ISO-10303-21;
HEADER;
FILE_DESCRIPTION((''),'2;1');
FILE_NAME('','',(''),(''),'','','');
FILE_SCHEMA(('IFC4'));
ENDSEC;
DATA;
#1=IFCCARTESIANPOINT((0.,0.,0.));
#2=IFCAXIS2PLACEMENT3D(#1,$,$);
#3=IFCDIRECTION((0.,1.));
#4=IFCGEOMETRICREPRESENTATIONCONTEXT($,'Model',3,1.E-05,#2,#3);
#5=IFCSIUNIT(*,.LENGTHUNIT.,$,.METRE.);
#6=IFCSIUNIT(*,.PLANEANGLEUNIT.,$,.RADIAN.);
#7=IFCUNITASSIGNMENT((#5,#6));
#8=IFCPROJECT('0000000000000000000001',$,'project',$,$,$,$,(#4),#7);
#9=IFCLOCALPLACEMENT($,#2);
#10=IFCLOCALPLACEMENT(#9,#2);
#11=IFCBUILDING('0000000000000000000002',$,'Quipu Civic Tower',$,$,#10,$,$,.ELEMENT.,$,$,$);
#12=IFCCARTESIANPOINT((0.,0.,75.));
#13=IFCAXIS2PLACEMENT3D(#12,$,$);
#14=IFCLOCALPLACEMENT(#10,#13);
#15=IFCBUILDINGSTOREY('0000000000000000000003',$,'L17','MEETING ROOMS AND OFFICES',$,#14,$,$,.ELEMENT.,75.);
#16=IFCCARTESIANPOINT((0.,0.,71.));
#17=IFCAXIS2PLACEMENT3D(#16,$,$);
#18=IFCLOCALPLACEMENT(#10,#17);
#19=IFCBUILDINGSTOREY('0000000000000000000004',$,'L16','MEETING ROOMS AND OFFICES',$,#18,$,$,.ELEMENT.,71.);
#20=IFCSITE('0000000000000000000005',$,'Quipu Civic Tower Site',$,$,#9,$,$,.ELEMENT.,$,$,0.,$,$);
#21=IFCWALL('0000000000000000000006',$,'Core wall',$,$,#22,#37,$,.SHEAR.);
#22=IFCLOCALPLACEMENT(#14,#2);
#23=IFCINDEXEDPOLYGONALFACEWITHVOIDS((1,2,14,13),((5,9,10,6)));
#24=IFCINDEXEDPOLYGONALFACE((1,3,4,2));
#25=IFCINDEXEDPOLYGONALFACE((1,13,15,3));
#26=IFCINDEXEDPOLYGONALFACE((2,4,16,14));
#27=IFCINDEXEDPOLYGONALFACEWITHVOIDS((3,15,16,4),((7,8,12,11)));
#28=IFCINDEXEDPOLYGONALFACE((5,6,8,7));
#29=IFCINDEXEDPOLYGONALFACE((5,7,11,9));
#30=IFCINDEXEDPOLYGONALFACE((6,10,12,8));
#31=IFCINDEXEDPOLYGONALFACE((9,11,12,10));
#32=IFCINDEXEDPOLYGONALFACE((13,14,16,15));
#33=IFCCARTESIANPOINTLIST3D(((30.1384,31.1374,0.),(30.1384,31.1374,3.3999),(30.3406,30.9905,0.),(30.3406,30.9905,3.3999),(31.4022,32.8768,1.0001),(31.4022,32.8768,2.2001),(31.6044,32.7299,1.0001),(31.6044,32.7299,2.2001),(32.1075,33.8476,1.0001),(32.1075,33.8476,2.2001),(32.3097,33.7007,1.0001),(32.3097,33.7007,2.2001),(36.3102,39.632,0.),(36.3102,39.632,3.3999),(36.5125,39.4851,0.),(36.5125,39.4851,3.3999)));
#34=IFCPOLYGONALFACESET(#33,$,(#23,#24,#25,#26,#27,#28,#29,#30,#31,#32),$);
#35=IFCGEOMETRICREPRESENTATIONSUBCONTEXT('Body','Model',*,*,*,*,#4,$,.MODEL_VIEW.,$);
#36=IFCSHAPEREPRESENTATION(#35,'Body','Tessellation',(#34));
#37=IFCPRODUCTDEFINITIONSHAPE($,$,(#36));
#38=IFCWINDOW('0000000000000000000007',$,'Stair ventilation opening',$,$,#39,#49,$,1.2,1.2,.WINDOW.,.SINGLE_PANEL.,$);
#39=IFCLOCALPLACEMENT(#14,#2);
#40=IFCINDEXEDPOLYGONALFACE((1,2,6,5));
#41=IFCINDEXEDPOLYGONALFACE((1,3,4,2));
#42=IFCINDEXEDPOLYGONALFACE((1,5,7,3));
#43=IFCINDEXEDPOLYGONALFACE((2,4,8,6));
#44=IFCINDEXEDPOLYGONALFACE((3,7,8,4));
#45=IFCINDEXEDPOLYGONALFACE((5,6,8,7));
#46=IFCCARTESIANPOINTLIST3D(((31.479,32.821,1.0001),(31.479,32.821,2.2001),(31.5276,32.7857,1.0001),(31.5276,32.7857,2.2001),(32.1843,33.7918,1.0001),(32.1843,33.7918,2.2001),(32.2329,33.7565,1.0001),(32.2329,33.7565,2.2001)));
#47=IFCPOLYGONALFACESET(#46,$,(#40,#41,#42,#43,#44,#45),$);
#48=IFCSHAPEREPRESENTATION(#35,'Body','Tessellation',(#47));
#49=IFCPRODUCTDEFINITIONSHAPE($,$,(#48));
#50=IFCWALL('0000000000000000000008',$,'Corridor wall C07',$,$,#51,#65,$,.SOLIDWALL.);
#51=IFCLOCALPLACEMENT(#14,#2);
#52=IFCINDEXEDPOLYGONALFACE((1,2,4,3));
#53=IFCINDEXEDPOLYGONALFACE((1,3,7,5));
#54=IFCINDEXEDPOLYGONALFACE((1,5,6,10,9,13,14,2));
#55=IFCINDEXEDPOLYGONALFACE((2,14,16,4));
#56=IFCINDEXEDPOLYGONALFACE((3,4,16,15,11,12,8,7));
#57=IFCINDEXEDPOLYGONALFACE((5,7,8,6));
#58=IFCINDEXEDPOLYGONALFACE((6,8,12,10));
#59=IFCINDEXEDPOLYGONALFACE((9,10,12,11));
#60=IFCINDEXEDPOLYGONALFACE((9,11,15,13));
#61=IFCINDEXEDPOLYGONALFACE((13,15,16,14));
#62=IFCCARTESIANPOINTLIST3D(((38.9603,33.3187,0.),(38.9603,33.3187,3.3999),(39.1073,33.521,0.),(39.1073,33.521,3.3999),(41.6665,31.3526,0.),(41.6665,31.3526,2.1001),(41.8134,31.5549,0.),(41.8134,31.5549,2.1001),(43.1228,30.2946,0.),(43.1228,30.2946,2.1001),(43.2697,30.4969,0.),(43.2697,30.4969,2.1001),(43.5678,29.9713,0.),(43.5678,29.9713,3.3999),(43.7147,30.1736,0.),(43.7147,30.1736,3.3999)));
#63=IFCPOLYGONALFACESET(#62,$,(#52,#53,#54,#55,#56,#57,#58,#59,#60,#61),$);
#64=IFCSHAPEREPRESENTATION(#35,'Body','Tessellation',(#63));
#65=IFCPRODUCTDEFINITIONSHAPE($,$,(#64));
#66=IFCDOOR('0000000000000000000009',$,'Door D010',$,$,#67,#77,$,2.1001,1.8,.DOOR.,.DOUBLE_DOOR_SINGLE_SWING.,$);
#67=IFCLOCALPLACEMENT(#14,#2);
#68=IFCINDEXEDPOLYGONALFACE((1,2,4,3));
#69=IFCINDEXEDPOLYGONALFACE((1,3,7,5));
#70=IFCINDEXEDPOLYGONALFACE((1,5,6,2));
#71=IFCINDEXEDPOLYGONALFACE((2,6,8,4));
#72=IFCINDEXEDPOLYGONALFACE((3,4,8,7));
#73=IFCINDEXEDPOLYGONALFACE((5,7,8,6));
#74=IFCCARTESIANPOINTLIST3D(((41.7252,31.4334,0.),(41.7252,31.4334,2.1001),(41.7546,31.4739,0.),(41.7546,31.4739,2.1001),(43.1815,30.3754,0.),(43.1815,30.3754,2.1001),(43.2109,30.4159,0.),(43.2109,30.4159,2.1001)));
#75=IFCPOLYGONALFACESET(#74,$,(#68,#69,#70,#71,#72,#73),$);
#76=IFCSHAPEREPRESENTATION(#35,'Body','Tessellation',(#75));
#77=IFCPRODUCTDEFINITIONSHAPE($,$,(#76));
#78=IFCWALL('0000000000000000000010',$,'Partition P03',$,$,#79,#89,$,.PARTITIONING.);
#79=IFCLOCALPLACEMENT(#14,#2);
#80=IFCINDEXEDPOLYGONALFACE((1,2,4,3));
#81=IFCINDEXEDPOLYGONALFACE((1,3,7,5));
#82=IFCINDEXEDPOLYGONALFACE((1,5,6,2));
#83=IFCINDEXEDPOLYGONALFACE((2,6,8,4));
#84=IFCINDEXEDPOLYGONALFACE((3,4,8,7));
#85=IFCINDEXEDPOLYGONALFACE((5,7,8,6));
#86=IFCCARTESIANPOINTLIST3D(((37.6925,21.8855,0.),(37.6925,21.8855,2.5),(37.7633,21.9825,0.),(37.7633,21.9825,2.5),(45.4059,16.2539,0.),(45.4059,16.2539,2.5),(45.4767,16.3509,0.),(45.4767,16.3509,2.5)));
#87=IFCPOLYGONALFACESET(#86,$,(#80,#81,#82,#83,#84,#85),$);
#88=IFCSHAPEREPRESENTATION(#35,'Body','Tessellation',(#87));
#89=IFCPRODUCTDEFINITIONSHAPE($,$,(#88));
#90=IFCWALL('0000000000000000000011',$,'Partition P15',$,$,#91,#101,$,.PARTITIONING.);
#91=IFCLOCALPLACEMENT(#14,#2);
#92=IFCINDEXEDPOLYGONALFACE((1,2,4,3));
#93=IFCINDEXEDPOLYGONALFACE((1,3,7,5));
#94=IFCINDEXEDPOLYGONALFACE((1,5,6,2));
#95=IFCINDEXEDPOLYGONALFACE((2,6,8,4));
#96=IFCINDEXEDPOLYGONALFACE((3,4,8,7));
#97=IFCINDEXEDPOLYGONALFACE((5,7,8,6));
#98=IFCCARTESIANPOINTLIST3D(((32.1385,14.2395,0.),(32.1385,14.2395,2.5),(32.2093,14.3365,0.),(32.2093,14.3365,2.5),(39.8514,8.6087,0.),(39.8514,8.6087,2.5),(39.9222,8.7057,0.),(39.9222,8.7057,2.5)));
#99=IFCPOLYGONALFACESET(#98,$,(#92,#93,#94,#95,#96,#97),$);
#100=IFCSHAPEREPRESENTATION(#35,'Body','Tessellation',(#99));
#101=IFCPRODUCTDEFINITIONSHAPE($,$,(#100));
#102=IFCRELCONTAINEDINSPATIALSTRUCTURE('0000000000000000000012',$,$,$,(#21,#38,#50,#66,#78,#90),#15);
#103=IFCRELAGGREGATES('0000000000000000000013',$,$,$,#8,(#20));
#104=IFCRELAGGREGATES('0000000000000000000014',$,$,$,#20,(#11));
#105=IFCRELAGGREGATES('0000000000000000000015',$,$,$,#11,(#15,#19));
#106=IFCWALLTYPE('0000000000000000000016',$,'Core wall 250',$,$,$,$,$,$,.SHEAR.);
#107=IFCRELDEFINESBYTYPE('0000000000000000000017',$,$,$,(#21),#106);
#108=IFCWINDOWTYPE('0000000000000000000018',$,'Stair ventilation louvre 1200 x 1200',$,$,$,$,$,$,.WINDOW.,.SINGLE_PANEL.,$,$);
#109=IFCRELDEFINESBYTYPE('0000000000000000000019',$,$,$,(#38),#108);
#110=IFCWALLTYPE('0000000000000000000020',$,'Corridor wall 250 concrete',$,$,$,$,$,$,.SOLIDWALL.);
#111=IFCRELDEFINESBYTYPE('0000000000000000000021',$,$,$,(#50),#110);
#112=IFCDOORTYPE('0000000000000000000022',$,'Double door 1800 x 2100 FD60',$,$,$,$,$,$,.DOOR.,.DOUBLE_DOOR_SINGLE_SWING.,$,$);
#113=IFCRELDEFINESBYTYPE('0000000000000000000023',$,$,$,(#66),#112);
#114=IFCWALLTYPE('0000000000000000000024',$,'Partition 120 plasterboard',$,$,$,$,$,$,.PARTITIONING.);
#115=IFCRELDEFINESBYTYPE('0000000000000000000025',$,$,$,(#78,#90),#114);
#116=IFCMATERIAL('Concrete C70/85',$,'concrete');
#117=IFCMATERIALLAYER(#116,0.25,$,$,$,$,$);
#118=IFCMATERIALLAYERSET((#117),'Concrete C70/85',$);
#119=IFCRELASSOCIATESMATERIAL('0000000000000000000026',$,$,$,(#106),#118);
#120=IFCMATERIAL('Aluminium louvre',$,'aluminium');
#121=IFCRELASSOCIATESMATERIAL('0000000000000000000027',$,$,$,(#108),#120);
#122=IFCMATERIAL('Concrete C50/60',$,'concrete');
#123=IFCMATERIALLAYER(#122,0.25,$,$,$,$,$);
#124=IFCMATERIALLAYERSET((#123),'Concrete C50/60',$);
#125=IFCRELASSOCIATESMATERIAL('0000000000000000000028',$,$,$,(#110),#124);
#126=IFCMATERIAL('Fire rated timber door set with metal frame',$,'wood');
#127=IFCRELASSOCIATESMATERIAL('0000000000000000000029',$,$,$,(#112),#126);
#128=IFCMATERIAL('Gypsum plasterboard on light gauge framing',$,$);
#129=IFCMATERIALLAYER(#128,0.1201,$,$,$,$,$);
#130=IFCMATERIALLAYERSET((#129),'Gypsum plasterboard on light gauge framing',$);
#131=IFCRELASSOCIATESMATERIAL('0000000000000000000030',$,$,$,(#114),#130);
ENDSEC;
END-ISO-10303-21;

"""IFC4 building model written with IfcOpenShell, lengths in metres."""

from ifc_helpers import new_model, si_unit, direction, frame, frame_2d, origin, place, context, subcontext, project, spatial, rectangle, extrude, material, layer, layer_set, type_object, element, fill, save


model = new_model("IFC4")

# Units and contexts
model_context = context("Model", 3, precision=1e-05, world=origin(), true_north=direction((0.0, 1.0)))
body_context = subcontext(model_context, "Body", "Model", "MODEL_VIEW")
ifc_project = project(units=[si_unit("LENGTHUNIT", "METRE"), si_unit("PLANEANGLEUNIT", "RADIAN")], contexts=[model_context])

# Site, building, storey
site_placement = place(None, origin())
site = spatial("IfcSite", under=ifc_project, at=site_placement, Name="Quipu Civic Tower Site", CompositionType="ELEMENT", RefElevation=0.0)
building_placement = place(site_placement, origin())
building = spatial("IfcBuilding", under=site, at=building_placement, Name="Quipu Civic Tower", CompositionType="ELEMENT")
storey_1_placement = place(building_placement, frame((0.0, 0.0, 75.0)))
storey_1 = spatial("IfcBuildingStorey", under=building, at=storey_1_placement, Name="L17", Description="MEETING ROOMS AND OFFICES", CompositionType="ELEMENT", Elevation=75.0)

# Shared definitions
storey_2_placement = place(building_placement, frame((0.0, 0.0, 71.0)))
storey_2 = spatial("IfcBuildingStorey", under=building, at=storey_2_placement, Name="L16", Description="MEETING ROOMS AND OFFICES", CompositionType="ELEMENT", Elevation=71.0)

# Shared definitions
ifc_material_1 = material(Name="Concrete C70/85", Category="concrete")
ifc_layer_1 = layer(ifc_material_1, 0.25)
ifc_layer_set_1 = layer_set([ifc_layer_1], Name="Concrete C70/85")
wall_type_1 = type_object("IfcWallType", Name="Core wall 250", PredefinedType="SHEAR", material=ifc_layer_set_1)

# Wall, opening, window
wall_1_placement = place(storey_1_placement, frame((30.2395, 31.064, 0.0), z_axis=(0.0, 0.0, 1.0), x_axis=(0.587796, 0.809009, 0.0)))
wall_1 = element("IfcWall", 1, at=wall_1_placement, inside=storey_1, type_object=wall_type_1, Name="Core wall", PredefinedType="SHEAR", context=body_context, shape_type="SweptSolid", body=[
    extrude(rectangle(XDim=10.5, YDim=0.25, at=frame_2d((5.25, 0.0))), origin(), (0.0, 0.0, 1.0), 3.3999),
])
opening_1_placement = place(wall_1_placement, frame((2.1499, 0.0, 1.0)))
opening_1 = element("IfcOpeningElement", 2, at=opening_1_placement, cuts=wall_1, PredefinedType="OPENING", context=body_context, shape_type="SweptSolid", body=[
    extrude(rectangle(XDim=1.2, YDim=1.2, at=frame_2d((0.6001, 0.6001))), frame((0.0, 0.135, 0.0), z_axis=(0.0, -1.0, 0.0), x_axis=(1.0, 0.0, 0.0)), (0.0, 0.0, 1.0), 0.27),
])
ifc_material_2 = material(Name="Aluminium louvre", Category="aluminium")
window_type = type_object("IfcWindowType", Name="Stair ventilation louvre 1200 x 1200", PartitioningType="SINGLE_PANEL", PredefinedType="WINDOW", material=ifc_material_2)
window_placement = place(opening_1_placement, origin())
window = element("IfcWindow", 3, at=window_placement, inside=storey_1, type_object=window_type, Name="Stair ventilation opening", OverallHeight=1.2, OverallWidth=1.2, PartitioningType="SINGLE_PANEL", PredefinedType="WINDOW", context=body_context, shape_type="SweptSolid", body=[
    extrude(rectangle(XDim=1.2, YDim=1.2, at=frame_2d((0.6001, 0.6001))), frame((0.0, 0.03, 0.0), z_axis=(0.0, -1.0, 0.0), x_axis=(1.0, 0.0, 0.0)), (0.0, 0.0, 1.0), 0.0601),
])
fill(opening_1, window)

# Wall, opening, door
ifc_material_3 = material(Name="Concrete C50/60", Category="concrete")
ifc_layer_2 = layer(ifc_material_3, 0.25)
ifc_layer_set_2 = layer_set([ifc_layer_2], Name="Concrete C50/60")
wall_type_2 = type_object("IfcWallType", Name="Corridor wall 250 concrete", PredefinedType="SOLIDWALL", material=ifc_layer_set_2)
wall_2_placement = place(storey_1_placement, frame((39.0337, 33.4199, 0.0), z_axis=(0.0, 0.0, 1.0), x_axis=(0.809023, -0.587777, 0.0)))
wall_2 = element("IfcWall", 4, at=wall_2_placement, inside=storey_1, type_object=wall_type_2, Name="Corridor wall C07", PredefinedType="SOLIDWALL", context=body_context, shape_type="SweptSolid", body=[
    extrude(rectangle(XDim=5.6951, YDim=0.25, at=frame_2d((2.8477, 0.0))), origin(), (0.0, 0.0, 1.0), 3.3999),
])
opening_2_placement = place(wall_2_placement, frame((3.3452, 0.0, 0.0)))
opening_2 = element("IfcOpeningElement", 5, at=opening_2_placement, cuts=wall_2, PredefinedType="OPENING", context=body_context, shape_type="SweptSolid", body=[
    extrude(rectangle(XDim=1.8, YDim=2.1001, at=frame_2d((0.8999, 1.05))), frame((0.0, 0.135, 0.0), z_axis=(0.0, -1.0, 0.0), x_axis=(1.0, 0.0, 0.0)), (0.0, 0.0, 1.0), 0.27),
])
ifc_material_4 = material(Name="Fire rated timber door set with metal frame", Category="wood")
door_type_1 = type_object("IfcDoorType", Name="Double door 1800 x 2100 FD60", OperationType="DOUBLE_DOOR_SINGLE_SWING", PredefinedType="DOOR", material=ifc_material_4)
door_1_placement = place(opening_2_placement, origin())
door_1 = element("IfcDoor", 6, at=door_1_placement, inside=storey_1, type_object=door_type_1, Name="Door D010", OperationType="DOUBLE_DOOR_SINGLE_SWING", OverallHeight=2.1001, OverallWidth=1.8, PredefinedType="DOOR", context=body_context, shape_type="SweptSolid", body=[
    extrude(rectangle(XDim=1.8, YDim=2.1001, at=frame_2d((0.8999, 1.05))), frame((0.0, 0.0249, 0.0), z_axis=(0.0, -1.0, 0.0), x_axis=(1.0, 0.0, 0.0)), (0.0, 0.0, 1.0), 0.05),
])
fill(opening_2, door_1)

# Walls
ifc_material_5 = material(Name="Gypsum plasterboard on light gauge framing")
ifc_layer_3 = layer(ifc_material_5, 0.1201)
ifc_layer_set_3 = layer_set([ifc_layer_3], Name="Gypsum plasterboard on light gauge framing")
wall_type_3 = type_object("IfcWallType", Name="Partition 120 plasterboard", PredefinedType="PARTITIONING", material=ifc_layer_set_3)
wall_3_placement = place(storey_1_placement, frame((37.7278, 21.9341, 0.0), z_axis=(0.0, 0.0, 1.0), x_axis=(0.807646, -0.589668, 0.0)))
element("IfcWall", 7, at=wall_3_placement, inside=storey_1, type_object=wall_type_3, Name="Partition P03", PredefinedType="PARTITIONING", context=body_context, shape_type="SweptSolid", body=[
    extrude(rectangle(XDim=9.5505, YDim=0.1201, at=frame_2d((4.7754, 0.0))), origin(), (0.0, 0.0, 1.0), 2.5),
])
wall_4_placement = place(storey_1_placement, frame((32.1738, 14.2881, 0.0), z_axis=(0.0, 0.0, 1.0), x_axis=(0.807665, -0.589642, 0.0)))
element("IfcWall", 8, at=wall_4_placement, inside=storey_1, type_object=wall_type_3, Name="Partition P15", PredefinedType="PARTITIONING", context=body_context, shape_type="SweptSolid", body=[
    extrude(rectangle(XDim=9.5496, YDim=0.1201, at=frame_2d((4.7749, 0.0))), origin(), (0.0, 0.0, 1.0), 2.5),
])

save(model, "model.ifc")
